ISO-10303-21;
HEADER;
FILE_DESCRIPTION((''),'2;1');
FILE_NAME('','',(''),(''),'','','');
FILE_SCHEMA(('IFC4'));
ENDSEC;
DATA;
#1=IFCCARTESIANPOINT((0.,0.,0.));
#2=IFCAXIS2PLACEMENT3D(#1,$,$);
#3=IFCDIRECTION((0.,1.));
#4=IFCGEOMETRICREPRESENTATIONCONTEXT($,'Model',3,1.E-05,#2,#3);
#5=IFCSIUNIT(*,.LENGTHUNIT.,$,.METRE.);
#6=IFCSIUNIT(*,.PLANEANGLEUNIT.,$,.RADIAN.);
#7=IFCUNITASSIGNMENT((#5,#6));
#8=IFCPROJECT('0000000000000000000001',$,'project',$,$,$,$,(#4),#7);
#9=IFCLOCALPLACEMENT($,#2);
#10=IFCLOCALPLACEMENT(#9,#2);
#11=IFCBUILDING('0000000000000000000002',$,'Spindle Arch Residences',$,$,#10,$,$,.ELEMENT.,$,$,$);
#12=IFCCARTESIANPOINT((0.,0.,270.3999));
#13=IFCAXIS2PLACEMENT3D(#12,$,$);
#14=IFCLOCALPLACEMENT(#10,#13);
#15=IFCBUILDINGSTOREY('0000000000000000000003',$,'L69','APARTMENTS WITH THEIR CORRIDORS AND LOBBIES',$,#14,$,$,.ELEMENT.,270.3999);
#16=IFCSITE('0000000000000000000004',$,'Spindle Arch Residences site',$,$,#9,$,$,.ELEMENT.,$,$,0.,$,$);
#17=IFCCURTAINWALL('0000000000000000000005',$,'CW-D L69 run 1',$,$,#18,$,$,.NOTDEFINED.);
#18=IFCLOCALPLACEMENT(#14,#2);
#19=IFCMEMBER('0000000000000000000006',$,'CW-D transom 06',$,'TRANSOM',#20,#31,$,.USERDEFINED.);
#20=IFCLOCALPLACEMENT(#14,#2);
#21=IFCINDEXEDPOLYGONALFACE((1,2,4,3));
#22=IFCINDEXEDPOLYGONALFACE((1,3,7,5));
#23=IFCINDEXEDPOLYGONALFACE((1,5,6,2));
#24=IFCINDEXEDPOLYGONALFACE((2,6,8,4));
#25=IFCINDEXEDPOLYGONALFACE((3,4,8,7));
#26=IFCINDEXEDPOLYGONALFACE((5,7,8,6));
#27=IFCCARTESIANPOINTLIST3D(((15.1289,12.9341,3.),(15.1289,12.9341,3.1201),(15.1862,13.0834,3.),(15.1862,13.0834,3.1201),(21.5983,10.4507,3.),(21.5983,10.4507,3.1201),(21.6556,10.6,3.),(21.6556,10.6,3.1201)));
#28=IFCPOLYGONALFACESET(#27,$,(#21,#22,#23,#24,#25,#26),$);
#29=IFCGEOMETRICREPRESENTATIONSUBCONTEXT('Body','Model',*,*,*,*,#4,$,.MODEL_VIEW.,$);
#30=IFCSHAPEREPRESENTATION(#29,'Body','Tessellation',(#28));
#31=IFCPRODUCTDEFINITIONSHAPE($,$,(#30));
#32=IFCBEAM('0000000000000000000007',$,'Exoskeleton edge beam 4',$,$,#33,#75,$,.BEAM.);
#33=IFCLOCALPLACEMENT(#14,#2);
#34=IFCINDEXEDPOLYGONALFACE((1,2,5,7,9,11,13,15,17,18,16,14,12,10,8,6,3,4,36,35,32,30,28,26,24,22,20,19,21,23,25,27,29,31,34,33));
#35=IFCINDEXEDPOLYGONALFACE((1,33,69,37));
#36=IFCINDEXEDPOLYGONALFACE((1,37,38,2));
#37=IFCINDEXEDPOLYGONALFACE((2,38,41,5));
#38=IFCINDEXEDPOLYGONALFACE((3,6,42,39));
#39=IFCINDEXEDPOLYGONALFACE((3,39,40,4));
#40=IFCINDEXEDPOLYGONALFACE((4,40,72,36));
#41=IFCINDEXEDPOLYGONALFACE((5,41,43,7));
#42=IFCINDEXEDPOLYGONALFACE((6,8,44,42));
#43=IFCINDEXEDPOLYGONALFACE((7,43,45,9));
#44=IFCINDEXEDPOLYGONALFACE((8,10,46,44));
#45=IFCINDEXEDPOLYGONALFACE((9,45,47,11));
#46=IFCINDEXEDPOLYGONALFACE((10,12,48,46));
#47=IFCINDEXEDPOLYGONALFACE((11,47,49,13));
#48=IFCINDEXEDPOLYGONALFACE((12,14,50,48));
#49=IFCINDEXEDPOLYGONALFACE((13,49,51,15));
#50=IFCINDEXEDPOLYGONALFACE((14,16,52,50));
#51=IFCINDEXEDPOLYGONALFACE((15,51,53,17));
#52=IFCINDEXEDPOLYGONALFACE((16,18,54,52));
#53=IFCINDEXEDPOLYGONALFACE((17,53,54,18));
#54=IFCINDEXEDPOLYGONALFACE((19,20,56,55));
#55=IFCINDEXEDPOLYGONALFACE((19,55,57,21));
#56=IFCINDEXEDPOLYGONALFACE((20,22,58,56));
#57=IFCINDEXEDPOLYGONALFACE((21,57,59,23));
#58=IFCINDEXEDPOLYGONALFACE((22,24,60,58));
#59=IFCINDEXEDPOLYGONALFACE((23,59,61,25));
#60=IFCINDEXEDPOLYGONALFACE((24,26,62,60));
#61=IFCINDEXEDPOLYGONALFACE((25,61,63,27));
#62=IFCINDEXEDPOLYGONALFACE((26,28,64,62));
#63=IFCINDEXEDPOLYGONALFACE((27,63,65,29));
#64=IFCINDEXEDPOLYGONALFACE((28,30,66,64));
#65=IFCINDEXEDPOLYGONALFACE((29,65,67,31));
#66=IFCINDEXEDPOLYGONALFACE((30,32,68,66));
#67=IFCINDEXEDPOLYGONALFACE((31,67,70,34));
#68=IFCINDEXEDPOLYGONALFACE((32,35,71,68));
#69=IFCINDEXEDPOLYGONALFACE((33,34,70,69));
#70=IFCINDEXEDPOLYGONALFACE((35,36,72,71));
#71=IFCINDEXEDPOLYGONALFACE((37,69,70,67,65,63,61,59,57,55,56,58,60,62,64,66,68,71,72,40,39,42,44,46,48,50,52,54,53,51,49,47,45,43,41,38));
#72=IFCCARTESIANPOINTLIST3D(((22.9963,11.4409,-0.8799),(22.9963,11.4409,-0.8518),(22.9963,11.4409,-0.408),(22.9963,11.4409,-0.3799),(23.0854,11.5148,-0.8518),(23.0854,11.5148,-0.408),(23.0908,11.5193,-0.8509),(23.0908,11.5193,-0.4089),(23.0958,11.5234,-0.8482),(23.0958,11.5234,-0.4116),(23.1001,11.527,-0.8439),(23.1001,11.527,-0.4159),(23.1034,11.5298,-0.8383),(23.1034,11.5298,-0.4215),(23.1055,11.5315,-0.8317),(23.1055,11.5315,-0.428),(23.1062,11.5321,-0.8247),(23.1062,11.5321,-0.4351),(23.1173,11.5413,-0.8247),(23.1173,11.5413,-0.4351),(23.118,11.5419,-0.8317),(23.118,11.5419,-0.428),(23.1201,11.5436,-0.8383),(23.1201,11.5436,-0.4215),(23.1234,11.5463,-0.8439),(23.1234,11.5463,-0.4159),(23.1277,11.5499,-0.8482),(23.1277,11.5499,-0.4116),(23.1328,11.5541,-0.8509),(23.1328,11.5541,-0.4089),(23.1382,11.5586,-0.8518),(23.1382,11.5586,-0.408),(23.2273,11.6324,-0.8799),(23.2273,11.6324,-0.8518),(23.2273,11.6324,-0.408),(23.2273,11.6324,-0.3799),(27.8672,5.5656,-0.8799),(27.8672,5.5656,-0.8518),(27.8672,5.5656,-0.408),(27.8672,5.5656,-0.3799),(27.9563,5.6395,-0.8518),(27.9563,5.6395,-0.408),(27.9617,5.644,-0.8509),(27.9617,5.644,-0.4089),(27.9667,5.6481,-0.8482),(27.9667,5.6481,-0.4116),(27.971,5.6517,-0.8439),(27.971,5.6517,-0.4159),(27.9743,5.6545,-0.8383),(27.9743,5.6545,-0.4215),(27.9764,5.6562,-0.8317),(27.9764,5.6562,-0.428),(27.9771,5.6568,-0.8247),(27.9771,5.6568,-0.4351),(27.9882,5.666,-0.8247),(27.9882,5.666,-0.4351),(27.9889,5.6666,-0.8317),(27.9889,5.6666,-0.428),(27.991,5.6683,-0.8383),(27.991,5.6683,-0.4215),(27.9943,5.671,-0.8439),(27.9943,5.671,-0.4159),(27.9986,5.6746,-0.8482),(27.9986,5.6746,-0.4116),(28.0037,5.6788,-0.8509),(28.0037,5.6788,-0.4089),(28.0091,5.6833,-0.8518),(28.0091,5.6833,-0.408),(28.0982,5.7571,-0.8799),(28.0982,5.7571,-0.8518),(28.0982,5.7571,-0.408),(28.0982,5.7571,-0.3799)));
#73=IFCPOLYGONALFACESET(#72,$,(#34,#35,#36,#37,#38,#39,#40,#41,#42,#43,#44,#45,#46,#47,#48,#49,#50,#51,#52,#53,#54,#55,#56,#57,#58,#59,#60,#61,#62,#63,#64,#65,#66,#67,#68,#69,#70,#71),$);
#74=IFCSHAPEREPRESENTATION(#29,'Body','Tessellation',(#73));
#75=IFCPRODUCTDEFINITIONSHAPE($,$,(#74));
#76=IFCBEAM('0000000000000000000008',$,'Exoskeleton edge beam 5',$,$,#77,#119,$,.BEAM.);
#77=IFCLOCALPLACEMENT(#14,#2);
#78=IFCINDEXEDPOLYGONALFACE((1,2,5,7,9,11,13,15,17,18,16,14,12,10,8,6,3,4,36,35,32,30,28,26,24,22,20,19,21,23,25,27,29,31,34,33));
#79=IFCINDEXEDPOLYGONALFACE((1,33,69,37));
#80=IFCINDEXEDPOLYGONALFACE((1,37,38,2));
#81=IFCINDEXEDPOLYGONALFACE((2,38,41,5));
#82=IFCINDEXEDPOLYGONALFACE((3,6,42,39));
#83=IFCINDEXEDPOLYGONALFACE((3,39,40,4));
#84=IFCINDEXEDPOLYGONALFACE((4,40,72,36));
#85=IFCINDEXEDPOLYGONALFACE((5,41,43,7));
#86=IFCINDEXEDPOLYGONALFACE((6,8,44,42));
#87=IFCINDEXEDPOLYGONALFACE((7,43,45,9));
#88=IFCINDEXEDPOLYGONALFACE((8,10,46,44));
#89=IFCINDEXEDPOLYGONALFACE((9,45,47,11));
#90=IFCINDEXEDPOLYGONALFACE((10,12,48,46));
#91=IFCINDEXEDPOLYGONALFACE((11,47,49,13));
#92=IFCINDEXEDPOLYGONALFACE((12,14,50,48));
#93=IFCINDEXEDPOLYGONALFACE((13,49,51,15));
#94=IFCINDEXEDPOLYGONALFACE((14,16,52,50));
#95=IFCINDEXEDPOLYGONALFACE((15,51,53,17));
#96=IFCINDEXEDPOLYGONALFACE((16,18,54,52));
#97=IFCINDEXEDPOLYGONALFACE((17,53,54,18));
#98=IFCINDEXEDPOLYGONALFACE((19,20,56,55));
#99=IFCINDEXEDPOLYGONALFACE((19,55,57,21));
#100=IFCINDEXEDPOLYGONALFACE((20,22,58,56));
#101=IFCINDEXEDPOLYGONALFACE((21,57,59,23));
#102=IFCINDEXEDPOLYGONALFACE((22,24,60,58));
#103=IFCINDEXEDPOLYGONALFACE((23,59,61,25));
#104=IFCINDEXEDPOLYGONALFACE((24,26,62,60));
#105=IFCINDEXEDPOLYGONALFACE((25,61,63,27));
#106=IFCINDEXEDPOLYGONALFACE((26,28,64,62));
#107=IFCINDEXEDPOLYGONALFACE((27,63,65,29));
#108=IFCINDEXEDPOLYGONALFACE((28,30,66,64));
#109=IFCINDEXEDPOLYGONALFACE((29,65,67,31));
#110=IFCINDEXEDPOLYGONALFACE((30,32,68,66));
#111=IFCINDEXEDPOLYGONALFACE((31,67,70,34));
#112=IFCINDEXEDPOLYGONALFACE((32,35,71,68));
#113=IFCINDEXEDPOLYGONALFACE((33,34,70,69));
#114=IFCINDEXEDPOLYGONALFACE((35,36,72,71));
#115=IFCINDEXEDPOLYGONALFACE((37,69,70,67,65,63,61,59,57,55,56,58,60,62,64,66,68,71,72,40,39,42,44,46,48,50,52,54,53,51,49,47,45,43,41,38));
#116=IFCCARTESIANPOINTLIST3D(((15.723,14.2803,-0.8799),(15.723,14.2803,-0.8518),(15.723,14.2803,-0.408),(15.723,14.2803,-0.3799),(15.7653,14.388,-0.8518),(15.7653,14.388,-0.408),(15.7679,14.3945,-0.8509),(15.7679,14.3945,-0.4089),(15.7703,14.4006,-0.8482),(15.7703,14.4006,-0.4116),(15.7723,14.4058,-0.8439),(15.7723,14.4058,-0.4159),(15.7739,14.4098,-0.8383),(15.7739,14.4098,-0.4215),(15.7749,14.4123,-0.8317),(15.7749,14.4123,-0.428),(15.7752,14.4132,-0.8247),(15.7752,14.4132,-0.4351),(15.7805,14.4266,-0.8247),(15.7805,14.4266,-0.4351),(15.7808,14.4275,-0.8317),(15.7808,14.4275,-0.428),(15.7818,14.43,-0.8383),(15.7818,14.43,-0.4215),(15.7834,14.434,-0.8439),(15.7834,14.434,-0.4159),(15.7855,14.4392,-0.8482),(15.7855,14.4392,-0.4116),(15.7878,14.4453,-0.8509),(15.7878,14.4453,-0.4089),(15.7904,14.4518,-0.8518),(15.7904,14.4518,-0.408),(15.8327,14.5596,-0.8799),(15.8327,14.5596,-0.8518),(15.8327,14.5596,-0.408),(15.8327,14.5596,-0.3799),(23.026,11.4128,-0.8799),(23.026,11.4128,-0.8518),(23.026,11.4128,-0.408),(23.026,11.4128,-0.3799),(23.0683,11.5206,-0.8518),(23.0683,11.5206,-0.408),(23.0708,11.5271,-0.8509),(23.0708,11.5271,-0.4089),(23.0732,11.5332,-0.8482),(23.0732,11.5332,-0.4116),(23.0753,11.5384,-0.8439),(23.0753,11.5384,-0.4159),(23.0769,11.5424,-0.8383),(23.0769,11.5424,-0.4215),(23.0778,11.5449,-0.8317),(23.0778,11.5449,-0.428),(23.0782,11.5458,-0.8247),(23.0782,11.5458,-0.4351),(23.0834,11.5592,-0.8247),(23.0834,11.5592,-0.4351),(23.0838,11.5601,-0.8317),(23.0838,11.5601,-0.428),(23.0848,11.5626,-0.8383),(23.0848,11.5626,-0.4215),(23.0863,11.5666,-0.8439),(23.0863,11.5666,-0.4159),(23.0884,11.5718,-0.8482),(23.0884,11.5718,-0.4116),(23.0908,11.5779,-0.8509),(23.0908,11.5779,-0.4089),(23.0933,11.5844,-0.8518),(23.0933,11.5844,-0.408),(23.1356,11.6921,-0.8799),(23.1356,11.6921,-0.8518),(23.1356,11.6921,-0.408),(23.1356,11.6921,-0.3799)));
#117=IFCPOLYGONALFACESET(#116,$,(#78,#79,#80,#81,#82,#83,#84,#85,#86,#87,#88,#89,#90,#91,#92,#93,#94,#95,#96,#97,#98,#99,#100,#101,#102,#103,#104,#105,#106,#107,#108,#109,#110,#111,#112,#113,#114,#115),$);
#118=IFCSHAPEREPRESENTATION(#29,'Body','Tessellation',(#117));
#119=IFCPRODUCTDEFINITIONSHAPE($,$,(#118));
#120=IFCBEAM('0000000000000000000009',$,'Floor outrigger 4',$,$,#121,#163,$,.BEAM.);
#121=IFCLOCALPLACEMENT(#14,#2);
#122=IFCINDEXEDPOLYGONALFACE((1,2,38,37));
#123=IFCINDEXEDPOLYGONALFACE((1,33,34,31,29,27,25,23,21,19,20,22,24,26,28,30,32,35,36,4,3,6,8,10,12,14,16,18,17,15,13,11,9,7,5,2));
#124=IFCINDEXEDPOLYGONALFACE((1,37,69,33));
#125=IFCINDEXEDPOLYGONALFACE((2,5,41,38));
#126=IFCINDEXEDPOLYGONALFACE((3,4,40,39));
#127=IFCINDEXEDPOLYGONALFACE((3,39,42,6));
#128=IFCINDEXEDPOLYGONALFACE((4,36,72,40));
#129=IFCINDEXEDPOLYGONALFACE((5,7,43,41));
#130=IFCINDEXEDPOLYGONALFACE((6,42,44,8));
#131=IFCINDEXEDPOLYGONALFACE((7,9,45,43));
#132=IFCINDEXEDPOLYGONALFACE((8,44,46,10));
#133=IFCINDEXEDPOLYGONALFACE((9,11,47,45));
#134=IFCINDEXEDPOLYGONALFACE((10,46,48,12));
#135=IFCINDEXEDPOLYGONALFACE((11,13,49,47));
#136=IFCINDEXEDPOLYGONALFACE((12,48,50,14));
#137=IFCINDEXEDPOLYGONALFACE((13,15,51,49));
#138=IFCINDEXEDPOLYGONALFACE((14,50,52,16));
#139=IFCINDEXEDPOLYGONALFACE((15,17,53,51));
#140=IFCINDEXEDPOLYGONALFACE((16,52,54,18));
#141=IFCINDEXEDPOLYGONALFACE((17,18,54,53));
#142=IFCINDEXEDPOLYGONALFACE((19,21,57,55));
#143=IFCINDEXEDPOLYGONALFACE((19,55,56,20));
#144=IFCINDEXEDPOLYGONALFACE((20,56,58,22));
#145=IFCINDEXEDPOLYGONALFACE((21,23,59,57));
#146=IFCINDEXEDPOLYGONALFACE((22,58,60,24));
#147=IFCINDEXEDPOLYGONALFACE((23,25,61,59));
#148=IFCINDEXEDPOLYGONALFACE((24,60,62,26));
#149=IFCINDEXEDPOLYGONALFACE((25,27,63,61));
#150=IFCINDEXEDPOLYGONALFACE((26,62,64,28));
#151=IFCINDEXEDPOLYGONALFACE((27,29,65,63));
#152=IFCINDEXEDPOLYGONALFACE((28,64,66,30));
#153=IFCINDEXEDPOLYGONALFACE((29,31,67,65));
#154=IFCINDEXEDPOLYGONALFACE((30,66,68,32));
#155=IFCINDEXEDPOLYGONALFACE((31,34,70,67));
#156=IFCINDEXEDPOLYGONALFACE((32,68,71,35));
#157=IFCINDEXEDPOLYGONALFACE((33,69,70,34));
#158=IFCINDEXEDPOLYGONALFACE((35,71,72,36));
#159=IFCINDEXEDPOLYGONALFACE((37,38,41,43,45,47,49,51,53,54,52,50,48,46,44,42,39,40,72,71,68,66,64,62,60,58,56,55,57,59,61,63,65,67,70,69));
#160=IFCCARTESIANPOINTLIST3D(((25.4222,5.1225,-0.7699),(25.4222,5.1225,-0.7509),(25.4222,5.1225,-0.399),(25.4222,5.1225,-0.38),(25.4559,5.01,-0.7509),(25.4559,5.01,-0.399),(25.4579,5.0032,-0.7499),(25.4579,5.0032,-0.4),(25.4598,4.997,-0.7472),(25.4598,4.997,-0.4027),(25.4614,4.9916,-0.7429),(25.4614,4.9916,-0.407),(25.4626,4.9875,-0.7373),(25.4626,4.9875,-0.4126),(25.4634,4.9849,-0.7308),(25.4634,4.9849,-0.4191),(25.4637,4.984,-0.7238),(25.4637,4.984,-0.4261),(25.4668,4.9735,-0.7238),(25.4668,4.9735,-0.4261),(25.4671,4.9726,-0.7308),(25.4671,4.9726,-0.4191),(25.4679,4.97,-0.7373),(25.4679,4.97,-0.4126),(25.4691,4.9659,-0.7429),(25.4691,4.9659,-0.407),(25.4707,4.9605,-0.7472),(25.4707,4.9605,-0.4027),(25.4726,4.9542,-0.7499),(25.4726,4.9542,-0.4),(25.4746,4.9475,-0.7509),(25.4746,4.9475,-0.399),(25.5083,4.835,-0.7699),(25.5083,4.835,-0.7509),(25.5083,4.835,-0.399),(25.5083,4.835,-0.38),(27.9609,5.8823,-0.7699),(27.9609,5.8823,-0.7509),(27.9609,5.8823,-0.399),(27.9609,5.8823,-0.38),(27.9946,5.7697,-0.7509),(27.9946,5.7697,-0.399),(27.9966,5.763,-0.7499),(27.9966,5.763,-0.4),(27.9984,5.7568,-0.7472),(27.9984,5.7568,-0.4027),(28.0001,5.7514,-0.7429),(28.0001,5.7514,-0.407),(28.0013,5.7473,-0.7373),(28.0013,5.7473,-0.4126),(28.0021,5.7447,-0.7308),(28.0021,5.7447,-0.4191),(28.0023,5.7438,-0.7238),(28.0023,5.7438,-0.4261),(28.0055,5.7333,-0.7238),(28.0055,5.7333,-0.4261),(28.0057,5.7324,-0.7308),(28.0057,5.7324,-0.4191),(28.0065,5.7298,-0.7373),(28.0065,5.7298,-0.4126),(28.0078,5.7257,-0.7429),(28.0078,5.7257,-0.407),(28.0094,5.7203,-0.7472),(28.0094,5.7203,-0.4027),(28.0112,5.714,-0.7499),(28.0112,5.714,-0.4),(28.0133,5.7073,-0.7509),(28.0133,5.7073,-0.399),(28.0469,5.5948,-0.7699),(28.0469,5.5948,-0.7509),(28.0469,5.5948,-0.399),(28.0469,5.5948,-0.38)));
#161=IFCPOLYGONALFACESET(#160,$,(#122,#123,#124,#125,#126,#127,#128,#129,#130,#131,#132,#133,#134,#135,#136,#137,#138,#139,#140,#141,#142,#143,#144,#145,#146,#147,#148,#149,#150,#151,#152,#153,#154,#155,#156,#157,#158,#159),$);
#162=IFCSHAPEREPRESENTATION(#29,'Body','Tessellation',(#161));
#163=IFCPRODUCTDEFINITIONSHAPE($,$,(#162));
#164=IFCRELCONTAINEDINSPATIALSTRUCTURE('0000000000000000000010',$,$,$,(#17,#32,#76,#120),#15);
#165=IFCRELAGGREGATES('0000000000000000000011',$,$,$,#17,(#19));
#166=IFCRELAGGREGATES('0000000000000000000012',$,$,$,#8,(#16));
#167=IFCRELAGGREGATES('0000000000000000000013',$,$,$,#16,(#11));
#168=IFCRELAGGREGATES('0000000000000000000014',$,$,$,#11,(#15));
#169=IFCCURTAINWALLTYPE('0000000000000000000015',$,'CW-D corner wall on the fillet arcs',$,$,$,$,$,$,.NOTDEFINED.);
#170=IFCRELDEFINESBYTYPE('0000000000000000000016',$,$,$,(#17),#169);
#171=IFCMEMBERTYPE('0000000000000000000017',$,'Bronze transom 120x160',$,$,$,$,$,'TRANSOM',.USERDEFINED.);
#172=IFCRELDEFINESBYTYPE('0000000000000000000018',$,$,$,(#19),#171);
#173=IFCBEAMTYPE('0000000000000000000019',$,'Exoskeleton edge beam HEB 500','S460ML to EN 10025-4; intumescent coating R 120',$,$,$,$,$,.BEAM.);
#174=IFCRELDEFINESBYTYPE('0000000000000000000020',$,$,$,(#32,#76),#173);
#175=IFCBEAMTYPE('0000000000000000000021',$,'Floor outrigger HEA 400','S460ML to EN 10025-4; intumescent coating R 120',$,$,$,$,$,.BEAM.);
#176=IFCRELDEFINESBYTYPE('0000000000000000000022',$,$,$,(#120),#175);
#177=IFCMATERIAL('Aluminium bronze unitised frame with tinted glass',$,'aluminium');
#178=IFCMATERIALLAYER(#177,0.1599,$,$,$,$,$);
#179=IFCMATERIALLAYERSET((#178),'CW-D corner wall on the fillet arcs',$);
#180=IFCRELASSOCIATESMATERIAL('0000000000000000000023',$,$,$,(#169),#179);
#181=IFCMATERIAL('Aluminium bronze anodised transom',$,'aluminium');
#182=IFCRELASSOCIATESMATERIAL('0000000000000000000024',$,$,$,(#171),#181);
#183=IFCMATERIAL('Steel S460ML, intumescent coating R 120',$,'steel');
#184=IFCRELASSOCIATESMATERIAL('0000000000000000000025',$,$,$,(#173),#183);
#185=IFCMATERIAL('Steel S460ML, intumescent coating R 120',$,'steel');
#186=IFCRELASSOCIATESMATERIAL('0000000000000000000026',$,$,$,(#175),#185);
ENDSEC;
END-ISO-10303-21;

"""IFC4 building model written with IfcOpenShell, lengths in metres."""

from ifc_helpers import new_model, si_unit, direction, frame, origin, origin_2d, place, context, subcontext, project, spatial, rectangle, i_section, extrude, material, layer, layer_set, material_profile, profile_set, type_object, element, aggregate, save


model = new_model("IFC4")

# Units and contexts
model_context = context("Model", 3, precision=1e-05, world=origin(), true_north=direction((0.0, 1.0)))
body_context = subcontext(model_context, "Body", "Model", "MODEL_VIEW")
ifc_project = project(units=[si_unit("LENGTHUNIT", "METRE"), si_unit("PLANEANGLEUNIT", "RADIAN")], contexts=[model_context])

# Site, building, storey
site_placement = place(None, origin())
site = spatial("IfcSite", under=ifc_project, at=site_placement, Name="Spindle Arch Residences site", CompositionType="ELEMENT", RefElevation=0.0)
building_placement = place(site_placement, origin())
building = spatial("IfcBuilding", under=site, at=building_placement, Name="Spindle Arch Residences", CompositionType="ELEMENT")
storey_placement = place(building_placement, frame((0.0, 0.0, 270.3999)))
storey = spatial("IfcBuildingStorey", under=building, at=storey_placement, Name="L69", Description="APARTMENTS WITH THEIR CORRIDORS AND LOBBIES", CompositionType="ELEMENT", Elevation=270.3999)

# Curtain wall, member
ifc_material_1 = material(Name="Aluminium bronze unitised frame with tinted glass", Category="aluminium")
ifc_layer_1 = layer(ifc_material_1, 0.1599)
ifc_layer_set_1 = layer_set([ifc_layer_1], Name="CW-D corner wall on the fillet arcs")
curtain_wall_type = type_object("IfcCurtainWallType", Name="CW-D corner wall on the fillet arcs", PredefinedType="NOTDEFINED", material=ifc_layer_set_1)
curtain_wall_placement = place(storey_placement, origin())
curtain_wall = element("IfcCurtainWall", 1, at=curtain_wall_placement, inside=storey, type_object=curtain_wall_type, Name="CW-D L69 run 1", PredefinedType="NOTDEFINED")
ifc_material_2 = material(Name="Aluminium bronze anodised transom", Category="aluminium")
ifc_material_profile_1 = material_profile(ifc_material_2, rectangle(XDim=0.1599, YDim=0.1201, at=origin_2d()), Name="TR 120x160")
ifc_profile_set_1 = profile_set([ifc_material_profile_1], Name="Aluminium bronze anodised transom")
member_type_1 = type_object("IfcMemberType", Name="Bronze transom 120x160", ElementType="TRANSOM", PredefinedType="USERDEFINED", material=ifc_profile_set_1)
member_1_placement = place(storey_placement, frame((21.627, 10.5254, 3.0601), z_axis=(-0.933581, 0.358368, 0.0), x_axis=(-0.358368, -0.933581, 0.0)))
member_1 = element("IfcMember", 2, at=member_1_placement, type_object=member_type_1, Name="CW-D transom 06", ObjectType="TRANSOM", PredefinedType="USERDEFINED", context=body_context, shape_type="SweptSolid", body=[
    extrude(rectangle(XDim=0.1599, YDim=0.1201, at=origin_2d()), origin(), (0.0, 0.0, 1.0), 6.9297),
])

# Beams
ifc_material_3 = material(Name="Steel S460ML, intumescent coating R 120", Category="steel")
ifc_material_profile_2 = material_profile(ifc_material_3, i_section(OverallWidth=0.3, OverallDepth=0.5, WebThickness=0.0144, FlangeThickness=0.0281, FilletRadius=0.0271, at=origin_2d()), Name="HEB 500")
ifc_profile_set_2 = profile_set([ifc_material_profile_2], Name="Steel S460ML, intumescent coating R 120")
beam_type_1 = type_object("IfcBeamType", Name="Exoskeleton edge beam HEB 500", Description="S460ML to EN 10025-4; intumescent coating R 120", PredefinedType="BEAM", material=ifc_profile_set_2)
beam_1_placement = place(storey_placement, frame((27.9827, 5.6614, -0.6299), z_axis=(-0.638235, 0.769842, 0.0), x_axis=(-0.769842, -0.638235, 0.0)))
element("IfcBeam", 3, at=beam_1_placement, inside=storey, type_object=beam_type_1, Name="Exoskeleton edge beam 4", PredefinedType="BEAM", context=body_context, shape_type="SweptSolid", body=[
    extrude(i_section(OverallWidth=0.3, OverallDepth=0.5, WebThickness=0.0144, FlangeThickness=0.0281, FilletRadius=0.0271, at=origin_2d()), origin(), (0.0, 0.0, 1.0), 7.6318),
])
beam_2_placement = place(storey_placement, frame((23.0808, 11.5525, -0.6299), z_axis=(-0.930821, 0.365476, 0.0), x_axis=(-0.365476, -0.930821, 0.0)))
element("IfcBeam", 4, at=beam_2_placement, inside=storey, type_object=beam_type_1, Name="Exoskeleton edge beam 5", PredefinedType="BEAM", context=body_context, shape_type="SweptSolid", body=[
    extrude(i_section(OverallWidth=0.3, OverallDepth=0.5, WebThickness=0.0144, FlangeThickness=0.0281, FilletRadius=0.0271, at=origin_2d()), origin(), (0.0, 0.0, 1.0), 7.8457),
])
ifc_material_4 = material(Name="Steel S460ML, intumescent coating R 120", Category="steel")
ifc_material_profile_3 = material_profile(ifc_material_4, i_section(OverallWidth=0.3, OverallDepth=0.3899, WebThickness=0.011, FlangeThickness=0.019, FilletRadius=0.0271, at=origin_2d()), Name="HEA 400")
ifc_profile_set_3 = profile_set([ifc_material_profile_3], Name="Steel S460ML, intumescent coating R 120")
beam_type_2 = type_object("IfcBeamType", Name="Floor outrigger HEA 400", Description="S460ML to EN 10025-4; intumescent coating R 120", PredefinedType="BEAM", material=ifc_profile_set_3)
for number, where, z_axis, x_axis, name in (
    (5, (28.0039, 5.7385, -0.575), (-0.958014, -0.286722, 0.0), (0.286722, -0.958014, 0.0), "Floor outrigger 4"),
):
    element("IfcBeam", number, at=place(storey_placement, frame(where, z_axis=z_axis, x_axis=x_axis)), inside=storey, type_object=beam_type_2, Name=name, PredefinedType="BEAM", context=body_context, shape_type="SweptSolid", body=[
        extrude(i_section(OverallWidth=0.3, OverallDepth=0.3899, WebThickness=0.011, FlangeThickness=0.019, FilletRadius=0.0271, at=origin_2d()), origin(), (0.0, 0.0, 1.0), 2.6499),
    ])

aggregate(curtain_wall, [member_1])

save(model, "model.ifc")
